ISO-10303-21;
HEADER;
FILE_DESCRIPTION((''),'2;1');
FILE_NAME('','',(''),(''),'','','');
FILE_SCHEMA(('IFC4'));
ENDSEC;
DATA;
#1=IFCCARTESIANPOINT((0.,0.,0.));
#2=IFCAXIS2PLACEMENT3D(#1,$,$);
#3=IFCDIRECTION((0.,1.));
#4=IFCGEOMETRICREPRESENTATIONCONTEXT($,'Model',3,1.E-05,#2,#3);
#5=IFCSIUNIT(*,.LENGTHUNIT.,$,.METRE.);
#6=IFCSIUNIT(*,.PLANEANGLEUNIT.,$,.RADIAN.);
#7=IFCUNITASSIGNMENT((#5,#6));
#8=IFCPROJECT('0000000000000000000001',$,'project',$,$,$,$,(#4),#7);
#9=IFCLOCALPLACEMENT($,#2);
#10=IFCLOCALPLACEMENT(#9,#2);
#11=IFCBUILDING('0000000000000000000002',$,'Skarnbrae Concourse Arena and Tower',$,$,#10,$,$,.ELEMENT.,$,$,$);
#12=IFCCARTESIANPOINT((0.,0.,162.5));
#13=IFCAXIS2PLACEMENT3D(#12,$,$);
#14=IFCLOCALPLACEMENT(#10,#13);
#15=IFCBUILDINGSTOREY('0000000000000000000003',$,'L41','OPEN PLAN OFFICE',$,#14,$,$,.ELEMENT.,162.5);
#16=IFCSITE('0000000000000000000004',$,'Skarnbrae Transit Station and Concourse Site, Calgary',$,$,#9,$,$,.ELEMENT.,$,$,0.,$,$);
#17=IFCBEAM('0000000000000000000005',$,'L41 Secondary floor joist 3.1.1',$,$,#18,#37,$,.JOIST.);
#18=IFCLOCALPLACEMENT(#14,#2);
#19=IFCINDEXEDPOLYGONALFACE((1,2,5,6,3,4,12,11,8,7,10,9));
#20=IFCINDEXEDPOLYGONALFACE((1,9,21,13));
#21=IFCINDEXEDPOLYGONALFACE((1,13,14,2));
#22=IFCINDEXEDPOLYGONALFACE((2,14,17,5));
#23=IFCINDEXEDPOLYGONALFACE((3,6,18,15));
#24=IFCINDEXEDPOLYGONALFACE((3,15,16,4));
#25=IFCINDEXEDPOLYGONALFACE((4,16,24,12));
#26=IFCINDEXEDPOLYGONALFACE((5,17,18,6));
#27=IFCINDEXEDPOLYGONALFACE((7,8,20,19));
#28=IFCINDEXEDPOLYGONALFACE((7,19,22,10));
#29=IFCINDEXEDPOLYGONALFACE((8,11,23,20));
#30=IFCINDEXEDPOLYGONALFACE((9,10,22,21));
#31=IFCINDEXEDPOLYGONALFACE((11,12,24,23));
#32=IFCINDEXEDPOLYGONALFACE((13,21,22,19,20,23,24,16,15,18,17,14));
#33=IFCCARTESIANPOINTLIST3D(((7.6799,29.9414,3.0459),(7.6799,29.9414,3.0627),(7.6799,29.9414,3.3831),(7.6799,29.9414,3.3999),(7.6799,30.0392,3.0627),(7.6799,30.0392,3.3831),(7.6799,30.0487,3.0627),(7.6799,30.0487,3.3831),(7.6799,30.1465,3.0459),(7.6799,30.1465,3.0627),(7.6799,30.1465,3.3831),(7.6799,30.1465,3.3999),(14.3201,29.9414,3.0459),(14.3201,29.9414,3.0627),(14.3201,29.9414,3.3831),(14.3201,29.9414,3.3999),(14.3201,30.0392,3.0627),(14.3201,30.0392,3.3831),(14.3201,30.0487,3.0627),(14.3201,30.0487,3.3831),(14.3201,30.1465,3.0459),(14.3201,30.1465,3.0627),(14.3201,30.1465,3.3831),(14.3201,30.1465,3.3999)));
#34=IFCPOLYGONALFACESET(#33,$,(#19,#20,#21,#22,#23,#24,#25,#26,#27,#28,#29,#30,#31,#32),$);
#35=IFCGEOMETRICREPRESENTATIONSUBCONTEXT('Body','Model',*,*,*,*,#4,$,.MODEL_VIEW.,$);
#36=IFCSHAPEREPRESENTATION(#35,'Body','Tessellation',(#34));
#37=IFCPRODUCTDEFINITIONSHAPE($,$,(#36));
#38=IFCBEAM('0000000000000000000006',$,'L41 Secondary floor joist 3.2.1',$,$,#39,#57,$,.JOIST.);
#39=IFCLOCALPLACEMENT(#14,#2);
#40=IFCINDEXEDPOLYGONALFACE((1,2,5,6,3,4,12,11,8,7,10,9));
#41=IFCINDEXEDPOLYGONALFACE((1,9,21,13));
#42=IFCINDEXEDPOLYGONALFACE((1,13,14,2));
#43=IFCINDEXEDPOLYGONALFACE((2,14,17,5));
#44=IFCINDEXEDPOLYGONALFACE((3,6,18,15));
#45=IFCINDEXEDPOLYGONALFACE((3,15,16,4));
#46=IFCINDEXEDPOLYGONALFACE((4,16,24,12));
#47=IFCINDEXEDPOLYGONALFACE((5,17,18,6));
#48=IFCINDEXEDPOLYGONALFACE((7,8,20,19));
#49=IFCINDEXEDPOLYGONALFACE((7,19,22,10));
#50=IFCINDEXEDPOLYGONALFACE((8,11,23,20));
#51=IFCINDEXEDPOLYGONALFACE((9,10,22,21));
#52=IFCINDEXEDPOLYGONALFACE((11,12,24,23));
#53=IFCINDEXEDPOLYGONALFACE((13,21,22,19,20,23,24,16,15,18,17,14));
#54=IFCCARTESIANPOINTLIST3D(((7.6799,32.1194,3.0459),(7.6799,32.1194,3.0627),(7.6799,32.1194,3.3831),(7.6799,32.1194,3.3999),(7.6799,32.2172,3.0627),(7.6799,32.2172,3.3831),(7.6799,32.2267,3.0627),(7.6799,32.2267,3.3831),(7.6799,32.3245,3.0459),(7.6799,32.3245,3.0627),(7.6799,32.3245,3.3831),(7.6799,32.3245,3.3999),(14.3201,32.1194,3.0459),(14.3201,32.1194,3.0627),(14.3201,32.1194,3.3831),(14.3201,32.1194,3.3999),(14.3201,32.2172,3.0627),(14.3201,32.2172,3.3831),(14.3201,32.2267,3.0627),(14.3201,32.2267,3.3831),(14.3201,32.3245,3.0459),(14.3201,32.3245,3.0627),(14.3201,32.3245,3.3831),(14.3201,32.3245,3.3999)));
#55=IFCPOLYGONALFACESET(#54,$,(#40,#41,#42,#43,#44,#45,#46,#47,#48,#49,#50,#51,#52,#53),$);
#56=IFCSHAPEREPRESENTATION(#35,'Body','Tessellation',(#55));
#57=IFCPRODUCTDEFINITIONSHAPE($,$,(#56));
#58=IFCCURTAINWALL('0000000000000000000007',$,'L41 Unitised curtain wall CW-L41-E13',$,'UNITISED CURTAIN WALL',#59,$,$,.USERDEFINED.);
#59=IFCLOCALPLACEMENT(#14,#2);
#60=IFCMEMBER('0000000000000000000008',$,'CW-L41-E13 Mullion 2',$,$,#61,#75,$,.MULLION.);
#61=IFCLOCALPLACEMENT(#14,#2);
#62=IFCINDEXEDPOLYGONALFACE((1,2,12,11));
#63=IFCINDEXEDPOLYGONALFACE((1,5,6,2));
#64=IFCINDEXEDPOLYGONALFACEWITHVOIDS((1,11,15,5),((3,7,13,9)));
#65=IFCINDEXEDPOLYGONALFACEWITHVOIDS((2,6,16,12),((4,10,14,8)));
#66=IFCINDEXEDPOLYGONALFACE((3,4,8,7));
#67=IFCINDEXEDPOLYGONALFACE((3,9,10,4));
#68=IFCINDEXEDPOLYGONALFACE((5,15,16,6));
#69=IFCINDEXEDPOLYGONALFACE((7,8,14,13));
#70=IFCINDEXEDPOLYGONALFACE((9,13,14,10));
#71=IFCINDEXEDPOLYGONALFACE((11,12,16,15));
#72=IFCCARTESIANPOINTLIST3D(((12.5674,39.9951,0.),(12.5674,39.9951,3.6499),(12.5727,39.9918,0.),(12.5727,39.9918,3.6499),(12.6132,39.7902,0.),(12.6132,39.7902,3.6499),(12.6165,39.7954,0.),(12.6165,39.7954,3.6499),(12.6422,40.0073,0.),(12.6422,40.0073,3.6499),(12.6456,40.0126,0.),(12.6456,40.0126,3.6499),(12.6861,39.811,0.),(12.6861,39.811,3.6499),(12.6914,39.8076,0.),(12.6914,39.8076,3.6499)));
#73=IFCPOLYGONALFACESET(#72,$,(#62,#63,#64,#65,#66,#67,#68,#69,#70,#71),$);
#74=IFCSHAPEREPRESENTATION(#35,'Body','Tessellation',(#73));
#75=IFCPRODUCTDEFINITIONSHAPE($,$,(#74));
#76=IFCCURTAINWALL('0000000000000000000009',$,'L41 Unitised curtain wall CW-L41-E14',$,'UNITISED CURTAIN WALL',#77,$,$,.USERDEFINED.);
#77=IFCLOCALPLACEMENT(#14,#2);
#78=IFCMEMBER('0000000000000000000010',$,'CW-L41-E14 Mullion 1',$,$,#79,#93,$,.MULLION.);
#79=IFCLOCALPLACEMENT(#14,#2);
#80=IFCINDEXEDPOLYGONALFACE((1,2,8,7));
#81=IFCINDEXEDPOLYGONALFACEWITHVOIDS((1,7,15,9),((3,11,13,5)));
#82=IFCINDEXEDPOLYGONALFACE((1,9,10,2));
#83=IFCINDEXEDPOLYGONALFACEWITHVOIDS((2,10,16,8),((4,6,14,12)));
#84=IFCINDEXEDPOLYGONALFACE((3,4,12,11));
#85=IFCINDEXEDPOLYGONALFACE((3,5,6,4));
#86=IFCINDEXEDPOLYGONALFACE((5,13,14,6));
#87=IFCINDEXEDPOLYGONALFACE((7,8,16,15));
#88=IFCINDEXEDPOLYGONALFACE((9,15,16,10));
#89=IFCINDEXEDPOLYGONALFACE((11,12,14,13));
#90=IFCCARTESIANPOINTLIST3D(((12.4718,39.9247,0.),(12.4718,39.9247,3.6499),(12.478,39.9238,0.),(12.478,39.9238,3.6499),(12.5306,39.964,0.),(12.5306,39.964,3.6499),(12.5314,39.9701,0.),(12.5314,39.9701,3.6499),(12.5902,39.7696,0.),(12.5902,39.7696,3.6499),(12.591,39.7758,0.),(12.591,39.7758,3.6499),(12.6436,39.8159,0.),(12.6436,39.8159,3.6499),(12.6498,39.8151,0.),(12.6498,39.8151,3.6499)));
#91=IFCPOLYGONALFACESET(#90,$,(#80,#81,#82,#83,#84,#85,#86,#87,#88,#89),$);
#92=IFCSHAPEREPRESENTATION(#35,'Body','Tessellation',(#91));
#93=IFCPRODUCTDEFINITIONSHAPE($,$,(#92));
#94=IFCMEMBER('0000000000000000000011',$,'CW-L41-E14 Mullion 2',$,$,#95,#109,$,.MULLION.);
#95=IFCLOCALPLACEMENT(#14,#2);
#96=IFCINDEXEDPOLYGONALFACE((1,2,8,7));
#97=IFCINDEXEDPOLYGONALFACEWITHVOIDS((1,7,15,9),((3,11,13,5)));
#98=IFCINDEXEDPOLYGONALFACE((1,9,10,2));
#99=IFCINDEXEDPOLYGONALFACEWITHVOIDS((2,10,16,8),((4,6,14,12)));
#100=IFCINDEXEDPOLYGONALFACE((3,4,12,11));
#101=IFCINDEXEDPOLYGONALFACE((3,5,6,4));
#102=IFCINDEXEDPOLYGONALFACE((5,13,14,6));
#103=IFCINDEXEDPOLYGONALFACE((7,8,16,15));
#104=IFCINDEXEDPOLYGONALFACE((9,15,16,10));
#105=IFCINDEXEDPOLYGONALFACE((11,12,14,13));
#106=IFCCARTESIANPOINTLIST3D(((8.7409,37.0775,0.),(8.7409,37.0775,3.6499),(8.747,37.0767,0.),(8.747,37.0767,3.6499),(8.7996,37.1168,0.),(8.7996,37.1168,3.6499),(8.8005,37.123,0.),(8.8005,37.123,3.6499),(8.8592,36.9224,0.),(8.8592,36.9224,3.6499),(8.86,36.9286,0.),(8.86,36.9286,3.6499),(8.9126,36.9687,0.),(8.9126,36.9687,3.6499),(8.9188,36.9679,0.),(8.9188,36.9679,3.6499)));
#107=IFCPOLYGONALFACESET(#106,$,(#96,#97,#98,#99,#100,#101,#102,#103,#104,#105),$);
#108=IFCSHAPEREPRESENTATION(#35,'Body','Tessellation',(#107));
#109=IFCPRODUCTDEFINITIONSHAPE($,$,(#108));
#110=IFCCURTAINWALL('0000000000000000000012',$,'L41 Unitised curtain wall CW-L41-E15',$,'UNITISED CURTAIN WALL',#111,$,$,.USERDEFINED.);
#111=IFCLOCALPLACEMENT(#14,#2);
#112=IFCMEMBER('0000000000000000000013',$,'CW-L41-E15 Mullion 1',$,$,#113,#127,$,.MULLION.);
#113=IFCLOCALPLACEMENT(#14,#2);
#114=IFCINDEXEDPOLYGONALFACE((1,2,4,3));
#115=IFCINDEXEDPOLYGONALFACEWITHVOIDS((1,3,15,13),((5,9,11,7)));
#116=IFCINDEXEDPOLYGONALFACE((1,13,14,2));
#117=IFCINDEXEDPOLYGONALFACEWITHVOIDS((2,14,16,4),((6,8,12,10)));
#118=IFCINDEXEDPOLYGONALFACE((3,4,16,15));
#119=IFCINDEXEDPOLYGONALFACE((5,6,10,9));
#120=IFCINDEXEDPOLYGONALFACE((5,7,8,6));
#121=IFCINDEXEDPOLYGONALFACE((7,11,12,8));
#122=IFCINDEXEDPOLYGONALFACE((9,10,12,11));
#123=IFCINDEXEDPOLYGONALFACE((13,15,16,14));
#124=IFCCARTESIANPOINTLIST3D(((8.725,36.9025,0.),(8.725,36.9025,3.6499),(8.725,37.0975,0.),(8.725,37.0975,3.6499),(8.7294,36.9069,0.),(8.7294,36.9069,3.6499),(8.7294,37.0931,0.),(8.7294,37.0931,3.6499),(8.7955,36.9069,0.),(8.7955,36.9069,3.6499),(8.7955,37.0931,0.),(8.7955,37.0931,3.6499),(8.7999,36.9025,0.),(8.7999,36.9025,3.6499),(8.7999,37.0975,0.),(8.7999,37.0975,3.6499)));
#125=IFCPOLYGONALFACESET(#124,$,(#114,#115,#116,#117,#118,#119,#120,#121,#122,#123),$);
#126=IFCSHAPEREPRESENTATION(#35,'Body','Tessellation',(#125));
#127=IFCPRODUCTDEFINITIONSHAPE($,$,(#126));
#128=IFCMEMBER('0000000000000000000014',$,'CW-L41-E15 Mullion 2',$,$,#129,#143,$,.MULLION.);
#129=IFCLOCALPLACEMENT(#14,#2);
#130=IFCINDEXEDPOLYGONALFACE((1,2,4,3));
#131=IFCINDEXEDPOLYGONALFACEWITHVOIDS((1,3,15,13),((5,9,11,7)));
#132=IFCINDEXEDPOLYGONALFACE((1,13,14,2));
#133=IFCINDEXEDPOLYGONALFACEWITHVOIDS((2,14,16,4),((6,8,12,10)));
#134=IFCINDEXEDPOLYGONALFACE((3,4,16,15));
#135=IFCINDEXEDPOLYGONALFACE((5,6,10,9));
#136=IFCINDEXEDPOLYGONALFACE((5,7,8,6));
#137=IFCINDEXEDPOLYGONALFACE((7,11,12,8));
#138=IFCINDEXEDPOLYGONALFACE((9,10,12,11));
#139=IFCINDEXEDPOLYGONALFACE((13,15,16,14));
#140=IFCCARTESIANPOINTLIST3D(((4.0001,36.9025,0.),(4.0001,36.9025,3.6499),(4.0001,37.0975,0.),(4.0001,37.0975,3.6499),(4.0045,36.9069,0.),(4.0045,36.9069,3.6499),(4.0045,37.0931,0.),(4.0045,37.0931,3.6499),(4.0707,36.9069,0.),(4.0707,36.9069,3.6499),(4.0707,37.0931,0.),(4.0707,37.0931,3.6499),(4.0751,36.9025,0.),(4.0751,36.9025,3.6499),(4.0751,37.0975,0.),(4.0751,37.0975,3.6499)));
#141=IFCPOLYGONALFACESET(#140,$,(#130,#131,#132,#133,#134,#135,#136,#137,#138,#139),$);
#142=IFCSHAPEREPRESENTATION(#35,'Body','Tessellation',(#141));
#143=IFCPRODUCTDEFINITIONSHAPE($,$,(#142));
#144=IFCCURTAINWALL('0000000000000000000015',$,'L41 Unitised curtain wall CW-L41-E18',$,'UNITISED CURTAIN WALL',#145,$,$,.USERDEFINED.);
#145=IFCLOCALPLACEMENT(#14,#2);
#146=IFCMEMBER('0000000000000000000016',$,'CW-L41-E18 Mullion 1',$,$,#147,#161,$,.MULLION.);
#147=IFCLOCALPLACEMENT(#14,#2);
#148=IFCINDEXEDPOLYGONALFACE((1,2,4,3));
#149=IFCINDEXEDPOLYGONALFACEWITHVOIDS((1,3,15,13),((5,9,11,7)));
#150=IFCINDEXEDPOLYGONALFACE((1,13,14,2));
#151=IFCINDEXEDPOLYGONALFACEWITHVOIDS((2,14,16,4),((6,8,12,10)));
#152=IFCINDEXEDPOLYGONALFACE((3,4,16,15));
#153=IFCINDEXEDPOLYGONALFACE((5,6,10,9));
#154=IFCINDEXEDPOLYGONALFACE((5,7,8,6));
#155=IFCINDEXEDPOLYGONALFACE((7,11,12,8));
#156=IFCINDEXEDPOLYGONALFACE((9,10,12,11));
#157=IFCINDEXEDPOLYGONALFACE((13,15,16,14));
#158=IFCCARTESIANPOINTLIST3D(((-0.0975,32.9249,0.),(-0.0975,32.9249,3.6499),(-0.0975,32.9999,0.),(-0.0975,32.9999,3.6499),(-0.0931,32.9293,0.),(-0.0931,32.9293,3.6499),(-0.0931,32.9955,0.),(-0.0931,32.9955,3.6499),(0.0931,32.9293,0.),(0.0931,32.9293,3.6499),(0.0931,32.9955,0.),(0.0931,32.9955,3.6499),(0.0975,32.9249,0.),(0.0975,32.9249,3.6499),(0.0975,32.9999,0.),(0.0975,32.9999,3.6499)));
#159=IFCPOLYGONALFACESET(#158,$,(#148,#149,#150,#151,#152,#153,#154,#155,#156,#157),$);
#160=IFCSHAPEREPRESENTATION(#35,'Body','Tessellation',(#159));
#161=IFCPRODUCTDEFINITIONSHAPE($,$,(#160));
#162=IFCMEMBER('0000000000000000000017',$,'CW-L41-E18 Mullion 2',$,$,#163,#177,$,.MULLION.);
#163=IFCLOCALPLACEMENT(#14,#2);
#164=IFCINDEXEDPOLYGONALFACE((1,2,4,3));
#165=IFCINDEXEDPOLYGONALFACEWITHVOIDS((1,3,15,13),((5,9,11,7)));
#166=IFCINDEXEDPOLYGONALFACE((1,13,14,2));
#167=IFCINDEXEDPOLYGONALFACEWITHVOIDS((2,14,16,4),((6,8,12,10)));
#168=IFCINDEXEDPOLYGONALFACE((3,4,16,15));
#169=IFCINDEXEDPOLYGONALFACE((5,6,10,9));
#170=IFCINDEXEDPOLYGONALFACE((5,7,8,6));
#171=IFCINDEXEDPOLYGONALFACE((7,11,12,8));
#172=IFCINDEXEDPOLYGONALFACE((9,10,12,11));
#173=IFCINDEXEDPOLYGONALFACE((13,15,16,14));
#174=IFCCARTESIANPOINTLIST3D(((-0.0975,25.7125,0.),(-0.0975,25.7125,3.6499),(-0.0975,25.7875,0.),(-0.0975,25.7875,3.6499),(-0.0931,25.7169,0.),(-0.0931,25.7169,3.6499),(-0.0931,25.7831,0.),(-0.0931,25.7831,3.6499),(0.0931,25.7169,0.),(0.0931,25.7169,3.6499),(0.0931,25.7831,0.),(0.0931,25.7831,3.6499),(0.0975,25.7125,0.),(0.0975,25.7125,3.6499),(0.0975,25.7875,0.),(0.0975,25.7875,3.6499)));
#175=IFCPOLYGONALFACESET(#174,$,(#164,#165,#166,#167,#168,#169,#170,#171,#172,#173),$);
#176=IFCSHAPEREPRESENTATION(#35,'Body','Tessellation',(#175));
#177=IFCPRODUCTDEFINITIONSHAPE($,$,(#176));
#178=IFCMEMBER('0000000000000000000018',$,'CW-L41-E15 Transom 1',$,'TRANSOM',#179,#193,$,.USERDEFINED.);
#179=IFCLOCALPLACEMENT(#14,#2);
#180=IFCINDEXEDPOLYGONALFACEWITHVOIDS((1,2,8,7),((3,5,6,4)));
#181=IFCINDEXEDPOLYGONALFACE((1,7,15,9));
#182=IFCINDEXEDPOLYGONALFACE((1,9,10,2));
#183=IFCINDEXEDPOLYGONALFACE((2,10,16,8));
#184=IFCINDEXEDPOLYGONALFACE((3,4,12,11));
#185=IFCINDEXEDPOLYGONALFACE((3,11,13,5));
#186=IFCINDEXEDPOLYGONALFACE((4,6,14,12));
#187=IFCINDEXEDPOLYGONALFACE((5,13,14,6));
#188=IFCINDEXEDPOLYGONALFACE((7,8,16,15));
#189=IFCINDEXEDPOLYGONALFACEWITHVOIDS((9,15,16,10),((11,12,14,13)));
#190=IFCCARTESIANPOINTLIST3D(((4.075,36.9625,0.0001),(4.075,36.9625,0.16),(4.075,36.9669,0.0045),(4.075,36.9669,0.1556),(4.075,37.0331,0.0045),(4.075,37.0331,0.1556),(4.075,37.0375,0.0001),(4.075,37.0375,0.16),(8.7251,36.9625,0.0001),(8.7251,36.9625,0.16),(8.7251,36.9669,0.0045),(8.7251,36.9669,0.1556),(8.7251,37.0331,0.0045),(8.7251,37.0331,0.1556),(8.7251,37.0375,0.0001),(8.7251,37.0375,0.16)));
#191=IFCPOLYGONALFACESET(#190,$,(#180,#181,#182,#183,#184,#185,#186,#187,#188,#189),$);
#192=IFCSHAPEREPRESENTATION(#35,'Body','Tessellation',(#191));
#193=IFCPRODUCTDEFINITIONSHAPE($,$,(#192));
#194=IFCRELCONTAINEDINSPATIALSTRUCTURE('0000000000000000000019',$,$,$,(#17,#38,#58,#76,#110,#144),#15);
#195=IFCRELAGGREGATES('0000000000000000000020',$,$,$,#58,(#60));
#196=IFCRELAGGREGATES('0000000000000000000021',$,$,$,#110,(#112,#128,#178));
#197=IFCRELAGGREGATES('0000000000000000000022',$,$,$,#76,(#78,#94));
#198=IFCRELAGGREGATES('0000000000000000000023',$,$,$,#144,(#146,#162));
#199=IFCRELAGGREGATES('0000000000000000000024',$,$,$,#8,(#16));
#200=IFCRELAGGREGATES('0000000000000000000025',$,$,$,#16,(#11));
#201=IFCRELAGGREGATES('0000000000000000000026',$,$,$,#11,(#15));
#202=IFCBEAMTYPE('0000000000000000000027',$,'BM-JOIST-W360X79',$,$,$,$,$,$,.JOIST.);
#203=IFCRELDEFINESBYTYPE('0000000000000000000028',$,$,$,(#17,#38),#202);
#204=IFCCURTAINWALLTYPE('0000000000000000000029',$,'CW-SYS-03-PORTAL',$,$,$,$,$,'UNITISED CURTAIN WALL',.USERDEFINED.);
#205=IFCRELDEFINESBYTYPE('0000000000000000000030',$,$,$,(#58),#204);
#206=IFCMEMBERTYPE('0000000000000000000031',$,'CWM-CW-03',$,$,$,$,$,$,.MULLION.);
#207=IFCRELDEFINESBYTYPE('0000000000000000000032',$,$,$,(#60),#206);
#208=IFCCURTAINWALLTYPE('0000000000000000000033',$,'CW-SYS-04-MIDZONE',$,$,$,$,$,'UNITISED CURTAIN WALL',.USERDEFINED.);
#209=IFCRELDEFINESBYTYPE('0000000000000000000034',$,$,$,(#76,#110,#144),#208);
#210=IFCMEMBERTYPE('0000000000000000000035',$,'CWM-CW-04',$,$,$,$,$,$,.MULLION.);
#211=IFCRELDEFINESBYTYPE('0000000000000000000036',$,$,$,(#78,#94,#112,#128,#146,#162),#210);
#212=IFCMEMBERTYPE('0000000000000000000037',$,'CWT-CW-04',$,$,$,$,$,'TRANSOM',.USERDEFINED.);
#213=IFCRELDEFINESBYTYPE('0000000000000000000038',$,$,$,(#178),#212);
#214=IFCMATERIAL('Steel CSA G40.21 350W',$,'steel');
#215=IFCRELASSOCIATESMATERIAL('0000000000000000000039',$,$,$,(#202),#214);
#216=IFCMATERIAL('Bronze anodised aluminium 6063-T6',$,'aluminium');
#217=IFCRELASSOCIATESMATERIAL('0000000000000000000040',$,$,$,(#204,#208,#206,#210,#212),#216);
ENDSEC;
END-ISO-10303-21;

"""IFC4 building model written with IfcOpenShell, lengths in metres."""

from ifc_helpers import new_model, si_unit, direction, frame, origin, origin_2d, place, context, subcontext, project, spatial, hollow_rectangle, i_section, extrude, source, transform, mapped, material, material_profile, profile_set, type_object, element, aggregate, save


model = new_model("IFC4")

# Units and contexts
model_context = context("Model", 3, precision=1e-05, world=origin(), true_north=direction((0.0, 1.0)))
body_context = subcontext(model_context, "Body", "Model", "MODEL_VIEW")
ifc_project = project(units=[si_unit("LENGTHUNIT", "METRE"), si_unit("PLANEANGLEUNIT", "RADIAN")], contexts=[model_context])

# Site, building, storey
site_placement = place(None, origin())
site = spatial("IfcSite", under=ifc_project, at=site_placement, Name="Skarnbrae Transit Station and Concourse Site, Calgary", CompositionType="ELEMENT", RefElevation=0.0)
building_placement = place(site_placement, origin())
building = spatial("IfcBuilding", under=site, at=building_placement, Name="Skarnbrae Concourse Arena and Tower", CompositionType="ELEMENT")
storey_placement = place(building_placement, frame((0.0, 0.0, 162.5)))
storey = spatial("IfcBuildingStorey", under=building, at=storey_placement, Name="L41", Description="OPEN PLAN OFFICE", CompositionType="ELEMENT", Elevation=162.5)

# Shared definitions
ifc_material_1 = material(Name="Steel CSA G40.21 350W", Category="steel")

# Beams
ifc_material_profile_1 = material_profile(ifc_material_1, i_section(OverallWidth=0.2051, OverallDepth=0.354, WebThickness=0.0095, FlangeThickness=0.0168, at=origin_2d()), Name="W360X79")
ifc_profile_set_1 = profile_set([ifc_material_profile_1], Name="Steel CSA G40.21 350W")
beam_type_1 = type_object("IfcBeamType", Name="BM-JOIST-W360X79", PredefinedType="JOIST", material=ifc_profile_set_1)
shared_shape_1 = source(origin(), body_context, "Body", "SweptSolid", [
    extrude(i_section(OverallWidth=0.2051, OverallDepth=0.354, WebThickness=0.0095, FlangeThickness=0.0168, at=origin_2d()), origin(), (0.0, 0.0, 1.0), 6.6401),
])
for number, where, z_axis, x_axis, name in (
    (1, (7.6799, 30.0439, 3.2229), (1.0, 0.0, 0.0), (0.0, 1.0, 0.0), "L41 Secondary floor joist 3.1.1"),
    (2, (7.6799, 32.2219, 3.2229), (1.0, 0.0, 0.0), (0.0, 1.0, 0.0), "L41 Secondary floor joist 3.2.1"),
):
    element("IfcBeam", number, at=place(storey_placement, frame(where, z_axis=z_axis, x_axis=x_axis)), inside=storey, type_object=beam_type_1, Name=name, PredefinedType="JOIST", context=body_context, shape_type="MappedRepresentation", body=[
        mapped(shared_shape_1, transform((0.0, 0.0, 0.0))),
    ])

# Curtain wall, member
ifc_material_2 = material(Name="Bronze anodised aluminium 6063-T6", Category="aluminium")
curtain_wall_type_1 = type_object("IfcCurtainWallType", Name="CW-SYS-03-PORTAL", ElementType="UNITISED CURTAIN WALL", PredefinedType="USERDEFINED", material=ifc_material_2)
curtain_wall_1_placement = place(storey_placement, origin())
curtain_wall_1 = element("IfcCurtainWall", 3, at=curtain_wall_1_placement, inside=storey, type_object=curtain_wall_type_1, Name="L41 Unitised curtain wall CW-L41-E13", ObjectType="UNITISED CURTAIN WALL", PredefinedType="USERDEFINED")
ifc_material_profile_2 = material_profile(ifc_material_2, hollow_rectangle(XDim=0.0801, YDim=0.21, WallThickness=0.0044, at=origin_2d()), Name="ALU-MULL-80X210")
ifc_profile_set_2 = profile_set([ifc_material_profile_2], Name="Bronze anodised aluminium 6063-T6")
member_type_1 = type_object("IfcMemberType", Name="CWM-CW-03", PredefinedType="MULLION", material=ifc_profile_set_2)
shared_shape_2 = source(origin(), body_context, "Body", "SweptSolid", [
    extrude(hollow_rectangle(XDim=0.0801, YDim=0.21, WallThickness=0.0044, at=origin_2d()), origin(), (0.0, 0.0, 1.0), 3.6499),
])
member_1_placement = place(storey_placement, frame((12.6294, 39.9014, 0.0), z_axis=(0.0, 0.0, 1.0), x_axis=(-0.975936, -0.218056, 0.0)))
member_1 = element("IfcMember", 4, at=member_1_placement, type_object=member_type_1, Name="CW-L41-E13 Mullion 2", PredefinedType="MULLION", context=body_context, shape_type="MappedRepresentation", body=[
    mapped(shared_shape_2, transform((0.0, 0.0, 0.0))),
])
aggregate(curtain_wall_1, [member_1])

# Curtain walls, members
curtain_wall_type_2 = type_object("IfcCurtainWallType", Name="CW-SYS-04-MIDZONE", ElementType="UNITISED CURTAIN WALL", PredefinedType="USERDEFINED", material=ifc_material_2)
curtain_wall_2_placement = place(storey_placement, origin())
curtain_wall_2 = element("IfcCurtainWall", 5, at=curtain_wall_2_placement, inside=storey, type_object=curtain_wall_type_2, Name="L41 Unitised curtain wall CW-L41-E14", ObjectType="UNITISED CURTAIN WALL", PredefinedType="USERDEFINED")
ifc_material_profile_3 = material_profile(ifc_material_2, hollow_rectangle(XDim=0.075, YDim=0.1951, WallThickness=0.0044, at=origin_2d()), Name="ALU-MULL-75X195")
ifc_profile_set_3 = profile_set([ifc_material_profile_3], Name="Bronze anodised aluminium 6063-T6")
member_type_2 = type_object("IfcMemberType", Name="CWM-CW-04", PredefinedType="MULLION", material=ifc_profile_set_3)
shared_shape_3 = source(origin(), body_context, "Body", "SweptSolid", [
    extrude(hollow_rectangle(XDim=0.075, YDim=0.1951, WallThickness=0.0044, at=origin_2d()), origin(), (0.0, 0.0, 1.0), 3.6499),
])
member_2_placement = place(storey_placement, frame((12.5608, 39.8699, 0.0), z_axis=(0.0, 0.0, 1.0), x_axis=(-0.794956, -0.606667, 0.0)))
member_2 = element("IfcMember", 6, at=member_2_placement, type_object=member_type_2, Name="CW-L41-E14 Mullion 1", PredefinedType="MULLION", context=body_context, shape_type="MappedRepresentation", body=[
    mapped(shared_shape_3, transform((0.0, 0.0, 0.0))),
])
member_3_placement = place(storey_placement, frame((8.8298, 37.0227, 0.0), z_axis=(0.0, 0.0, 1.0), x_axis=(-0.794956, -0.606667, 0.0)))
member_3 = element("IfcMember", 7, at=member_3_placement, type_object=member_type_2, Name="CW-L41-E14 Mullion 2", PredefinedType="MULLION", context=body_context, shape_type="MappedRepresentation", body=[
    mapped(shared_shape_3, transform((0.0, 0.0, 0.0))),
])
curtain_wall_3_placement = place(storey_placement, origin())
curtain_wall_3 = element("IfcCurtainWall", 8, at=curtain_wall_3_placement, inside=storey, type_object=curtain_wall_type_2, Name="L41 Unitised curtain wall CW-L41-E15", ObjectType="UNITISED CURTAIN WALL", PredefinedType="USERDEFINED")
member_4_placement = place(storey_placement, frame((8.7625, 37.0, 0.0), z_axis=(0.0, 0.0, 1.0), x_axis=(-1.0, 0.0, 0.0)))
member_4 = element("IfcMember", 9, at=member_4_placement, type_object=member_type_2, Name="CW-L41-E15 Mullion 1", PredefinedType="MULLION", context=body_context, shape_type="MappedRepresentation", body=[
    mapped(shared_shape_3, transform((0.0, 0.0, 0.0))),
])
member_5_placement = place(storey_placement, frame((4.0376, 37.0, 0.0), z_axis=(0.0, 0.0, 1.0), x_axis=(-1.0, 0.0, 0.0)))
member_5 = element("IfcMember", 10, at=member_5_placement, type_object=member_type_2, Name="CW-L41-E15 Mullion 2", PredefinedType="MULLION", context=body_context, shape_type="MappedRepresentation", body=[
    mapped(shared_shape_3, transform((0.0, 0.0, 0.0))),
])
curtain_wall_4_placement = place(storey_placement, origin())
curtain_wall_4 = element("IfcCurtainWall", 11, at=curtain_wall_4_placement, inside=storey, type_object=curtain_wall_type_2, Name="L41 Unitised curtain wall CW-L41-E18", ObjectType="UNITISED CURTAIN WALL", PredefinedType="USERDEFINED")
member_6_placement = place(storey_placement, frame((0.0, 32.9624, 0.0), z_axis=(0.0, 0.0, 1.0), x_axis=(0.0, -1.0, 0.0)))
member_6 = element("IfcMember", 12, at=member_6_placement, type_object=member_type_2, Name="CW-L41-E18 Mullion 1", PredefinedType="MULLION", context=body_context, shape_type="MappedRepresentation", body=[
    mapped(shared_shape_3, transform((0.0, 0.0, 0.0))),
])
member_7_placement = place(storey_placement, frame((0.0, 25.75, 0.0), z_axis=(0.0, 0.0, 1.0), x_axis=(0.0, -1.0, 0.0)))
member_7 = element("IfcMember", 13, at=member_7_placement, type_object=member_type_2, Name="CW-L41-E18 Mullion 2", PredefinedType="MULLION", context=body_context, shape_type="MappedRepresentation", body=[
    mapped(shared_shape_3, transform((0.0, 0.0, 0.0))),
])

# Member
ifc_material_profile_4 = material_profile(ifc_material_2, hollow_rectangle(XDim=0.075, YDim=0.1599, WallThickness=0.0044, at=origin_2d()), Name="ALU-TRAN-75X160")
ifc_profile_set_4 = profile_set([ifc_material_profile_4], Name="Bronze anodised aluminium 6063-T6")
member_type_3 = type_object("IfcMemberType", Name="CWT-CW-04", ElementType="TRANSOM", PredefinedType="USERDEFINED", material=ifc_profile_set_4)
shared_shape_4 = source(origin(), body_context, "Body", "SweptSolid", [
    extrude(hollow_rectangle(XDim=0.075, YDim=0.1599, WallThickness=0.0044, at=origin_2d()), origin(), (0.0, 0.0, 1.0), 4.6501),
])
member_8_placement = place(storey_placement, frame((8.7251, 37.0, 0.0801), z_axis=(-1.0, 0.0, 0.0), x_axis=(0.0, -1.0, 0.0)))
member_8 = element("IfcMember", 14, at=member_8_placement, type_object=member_type_3, Name="CW-L41-E15 Transom 1", ObjectType="TRANSOM", PredefinedType="USERDEFINED", context=body_context, shape_type="MappedRepresentation", body=[
    mapped(shared_shape_4, transform((0.0, 0.0, 0.0))),
])

aggregate(curtain_wall_3, [member_4, member_5, member_8])
aggregate(curtain_wall_2, [member_2, member_3])
aggregate(curtain_wall_4, [member_6, member_7])

save(model, "model.ifc")
